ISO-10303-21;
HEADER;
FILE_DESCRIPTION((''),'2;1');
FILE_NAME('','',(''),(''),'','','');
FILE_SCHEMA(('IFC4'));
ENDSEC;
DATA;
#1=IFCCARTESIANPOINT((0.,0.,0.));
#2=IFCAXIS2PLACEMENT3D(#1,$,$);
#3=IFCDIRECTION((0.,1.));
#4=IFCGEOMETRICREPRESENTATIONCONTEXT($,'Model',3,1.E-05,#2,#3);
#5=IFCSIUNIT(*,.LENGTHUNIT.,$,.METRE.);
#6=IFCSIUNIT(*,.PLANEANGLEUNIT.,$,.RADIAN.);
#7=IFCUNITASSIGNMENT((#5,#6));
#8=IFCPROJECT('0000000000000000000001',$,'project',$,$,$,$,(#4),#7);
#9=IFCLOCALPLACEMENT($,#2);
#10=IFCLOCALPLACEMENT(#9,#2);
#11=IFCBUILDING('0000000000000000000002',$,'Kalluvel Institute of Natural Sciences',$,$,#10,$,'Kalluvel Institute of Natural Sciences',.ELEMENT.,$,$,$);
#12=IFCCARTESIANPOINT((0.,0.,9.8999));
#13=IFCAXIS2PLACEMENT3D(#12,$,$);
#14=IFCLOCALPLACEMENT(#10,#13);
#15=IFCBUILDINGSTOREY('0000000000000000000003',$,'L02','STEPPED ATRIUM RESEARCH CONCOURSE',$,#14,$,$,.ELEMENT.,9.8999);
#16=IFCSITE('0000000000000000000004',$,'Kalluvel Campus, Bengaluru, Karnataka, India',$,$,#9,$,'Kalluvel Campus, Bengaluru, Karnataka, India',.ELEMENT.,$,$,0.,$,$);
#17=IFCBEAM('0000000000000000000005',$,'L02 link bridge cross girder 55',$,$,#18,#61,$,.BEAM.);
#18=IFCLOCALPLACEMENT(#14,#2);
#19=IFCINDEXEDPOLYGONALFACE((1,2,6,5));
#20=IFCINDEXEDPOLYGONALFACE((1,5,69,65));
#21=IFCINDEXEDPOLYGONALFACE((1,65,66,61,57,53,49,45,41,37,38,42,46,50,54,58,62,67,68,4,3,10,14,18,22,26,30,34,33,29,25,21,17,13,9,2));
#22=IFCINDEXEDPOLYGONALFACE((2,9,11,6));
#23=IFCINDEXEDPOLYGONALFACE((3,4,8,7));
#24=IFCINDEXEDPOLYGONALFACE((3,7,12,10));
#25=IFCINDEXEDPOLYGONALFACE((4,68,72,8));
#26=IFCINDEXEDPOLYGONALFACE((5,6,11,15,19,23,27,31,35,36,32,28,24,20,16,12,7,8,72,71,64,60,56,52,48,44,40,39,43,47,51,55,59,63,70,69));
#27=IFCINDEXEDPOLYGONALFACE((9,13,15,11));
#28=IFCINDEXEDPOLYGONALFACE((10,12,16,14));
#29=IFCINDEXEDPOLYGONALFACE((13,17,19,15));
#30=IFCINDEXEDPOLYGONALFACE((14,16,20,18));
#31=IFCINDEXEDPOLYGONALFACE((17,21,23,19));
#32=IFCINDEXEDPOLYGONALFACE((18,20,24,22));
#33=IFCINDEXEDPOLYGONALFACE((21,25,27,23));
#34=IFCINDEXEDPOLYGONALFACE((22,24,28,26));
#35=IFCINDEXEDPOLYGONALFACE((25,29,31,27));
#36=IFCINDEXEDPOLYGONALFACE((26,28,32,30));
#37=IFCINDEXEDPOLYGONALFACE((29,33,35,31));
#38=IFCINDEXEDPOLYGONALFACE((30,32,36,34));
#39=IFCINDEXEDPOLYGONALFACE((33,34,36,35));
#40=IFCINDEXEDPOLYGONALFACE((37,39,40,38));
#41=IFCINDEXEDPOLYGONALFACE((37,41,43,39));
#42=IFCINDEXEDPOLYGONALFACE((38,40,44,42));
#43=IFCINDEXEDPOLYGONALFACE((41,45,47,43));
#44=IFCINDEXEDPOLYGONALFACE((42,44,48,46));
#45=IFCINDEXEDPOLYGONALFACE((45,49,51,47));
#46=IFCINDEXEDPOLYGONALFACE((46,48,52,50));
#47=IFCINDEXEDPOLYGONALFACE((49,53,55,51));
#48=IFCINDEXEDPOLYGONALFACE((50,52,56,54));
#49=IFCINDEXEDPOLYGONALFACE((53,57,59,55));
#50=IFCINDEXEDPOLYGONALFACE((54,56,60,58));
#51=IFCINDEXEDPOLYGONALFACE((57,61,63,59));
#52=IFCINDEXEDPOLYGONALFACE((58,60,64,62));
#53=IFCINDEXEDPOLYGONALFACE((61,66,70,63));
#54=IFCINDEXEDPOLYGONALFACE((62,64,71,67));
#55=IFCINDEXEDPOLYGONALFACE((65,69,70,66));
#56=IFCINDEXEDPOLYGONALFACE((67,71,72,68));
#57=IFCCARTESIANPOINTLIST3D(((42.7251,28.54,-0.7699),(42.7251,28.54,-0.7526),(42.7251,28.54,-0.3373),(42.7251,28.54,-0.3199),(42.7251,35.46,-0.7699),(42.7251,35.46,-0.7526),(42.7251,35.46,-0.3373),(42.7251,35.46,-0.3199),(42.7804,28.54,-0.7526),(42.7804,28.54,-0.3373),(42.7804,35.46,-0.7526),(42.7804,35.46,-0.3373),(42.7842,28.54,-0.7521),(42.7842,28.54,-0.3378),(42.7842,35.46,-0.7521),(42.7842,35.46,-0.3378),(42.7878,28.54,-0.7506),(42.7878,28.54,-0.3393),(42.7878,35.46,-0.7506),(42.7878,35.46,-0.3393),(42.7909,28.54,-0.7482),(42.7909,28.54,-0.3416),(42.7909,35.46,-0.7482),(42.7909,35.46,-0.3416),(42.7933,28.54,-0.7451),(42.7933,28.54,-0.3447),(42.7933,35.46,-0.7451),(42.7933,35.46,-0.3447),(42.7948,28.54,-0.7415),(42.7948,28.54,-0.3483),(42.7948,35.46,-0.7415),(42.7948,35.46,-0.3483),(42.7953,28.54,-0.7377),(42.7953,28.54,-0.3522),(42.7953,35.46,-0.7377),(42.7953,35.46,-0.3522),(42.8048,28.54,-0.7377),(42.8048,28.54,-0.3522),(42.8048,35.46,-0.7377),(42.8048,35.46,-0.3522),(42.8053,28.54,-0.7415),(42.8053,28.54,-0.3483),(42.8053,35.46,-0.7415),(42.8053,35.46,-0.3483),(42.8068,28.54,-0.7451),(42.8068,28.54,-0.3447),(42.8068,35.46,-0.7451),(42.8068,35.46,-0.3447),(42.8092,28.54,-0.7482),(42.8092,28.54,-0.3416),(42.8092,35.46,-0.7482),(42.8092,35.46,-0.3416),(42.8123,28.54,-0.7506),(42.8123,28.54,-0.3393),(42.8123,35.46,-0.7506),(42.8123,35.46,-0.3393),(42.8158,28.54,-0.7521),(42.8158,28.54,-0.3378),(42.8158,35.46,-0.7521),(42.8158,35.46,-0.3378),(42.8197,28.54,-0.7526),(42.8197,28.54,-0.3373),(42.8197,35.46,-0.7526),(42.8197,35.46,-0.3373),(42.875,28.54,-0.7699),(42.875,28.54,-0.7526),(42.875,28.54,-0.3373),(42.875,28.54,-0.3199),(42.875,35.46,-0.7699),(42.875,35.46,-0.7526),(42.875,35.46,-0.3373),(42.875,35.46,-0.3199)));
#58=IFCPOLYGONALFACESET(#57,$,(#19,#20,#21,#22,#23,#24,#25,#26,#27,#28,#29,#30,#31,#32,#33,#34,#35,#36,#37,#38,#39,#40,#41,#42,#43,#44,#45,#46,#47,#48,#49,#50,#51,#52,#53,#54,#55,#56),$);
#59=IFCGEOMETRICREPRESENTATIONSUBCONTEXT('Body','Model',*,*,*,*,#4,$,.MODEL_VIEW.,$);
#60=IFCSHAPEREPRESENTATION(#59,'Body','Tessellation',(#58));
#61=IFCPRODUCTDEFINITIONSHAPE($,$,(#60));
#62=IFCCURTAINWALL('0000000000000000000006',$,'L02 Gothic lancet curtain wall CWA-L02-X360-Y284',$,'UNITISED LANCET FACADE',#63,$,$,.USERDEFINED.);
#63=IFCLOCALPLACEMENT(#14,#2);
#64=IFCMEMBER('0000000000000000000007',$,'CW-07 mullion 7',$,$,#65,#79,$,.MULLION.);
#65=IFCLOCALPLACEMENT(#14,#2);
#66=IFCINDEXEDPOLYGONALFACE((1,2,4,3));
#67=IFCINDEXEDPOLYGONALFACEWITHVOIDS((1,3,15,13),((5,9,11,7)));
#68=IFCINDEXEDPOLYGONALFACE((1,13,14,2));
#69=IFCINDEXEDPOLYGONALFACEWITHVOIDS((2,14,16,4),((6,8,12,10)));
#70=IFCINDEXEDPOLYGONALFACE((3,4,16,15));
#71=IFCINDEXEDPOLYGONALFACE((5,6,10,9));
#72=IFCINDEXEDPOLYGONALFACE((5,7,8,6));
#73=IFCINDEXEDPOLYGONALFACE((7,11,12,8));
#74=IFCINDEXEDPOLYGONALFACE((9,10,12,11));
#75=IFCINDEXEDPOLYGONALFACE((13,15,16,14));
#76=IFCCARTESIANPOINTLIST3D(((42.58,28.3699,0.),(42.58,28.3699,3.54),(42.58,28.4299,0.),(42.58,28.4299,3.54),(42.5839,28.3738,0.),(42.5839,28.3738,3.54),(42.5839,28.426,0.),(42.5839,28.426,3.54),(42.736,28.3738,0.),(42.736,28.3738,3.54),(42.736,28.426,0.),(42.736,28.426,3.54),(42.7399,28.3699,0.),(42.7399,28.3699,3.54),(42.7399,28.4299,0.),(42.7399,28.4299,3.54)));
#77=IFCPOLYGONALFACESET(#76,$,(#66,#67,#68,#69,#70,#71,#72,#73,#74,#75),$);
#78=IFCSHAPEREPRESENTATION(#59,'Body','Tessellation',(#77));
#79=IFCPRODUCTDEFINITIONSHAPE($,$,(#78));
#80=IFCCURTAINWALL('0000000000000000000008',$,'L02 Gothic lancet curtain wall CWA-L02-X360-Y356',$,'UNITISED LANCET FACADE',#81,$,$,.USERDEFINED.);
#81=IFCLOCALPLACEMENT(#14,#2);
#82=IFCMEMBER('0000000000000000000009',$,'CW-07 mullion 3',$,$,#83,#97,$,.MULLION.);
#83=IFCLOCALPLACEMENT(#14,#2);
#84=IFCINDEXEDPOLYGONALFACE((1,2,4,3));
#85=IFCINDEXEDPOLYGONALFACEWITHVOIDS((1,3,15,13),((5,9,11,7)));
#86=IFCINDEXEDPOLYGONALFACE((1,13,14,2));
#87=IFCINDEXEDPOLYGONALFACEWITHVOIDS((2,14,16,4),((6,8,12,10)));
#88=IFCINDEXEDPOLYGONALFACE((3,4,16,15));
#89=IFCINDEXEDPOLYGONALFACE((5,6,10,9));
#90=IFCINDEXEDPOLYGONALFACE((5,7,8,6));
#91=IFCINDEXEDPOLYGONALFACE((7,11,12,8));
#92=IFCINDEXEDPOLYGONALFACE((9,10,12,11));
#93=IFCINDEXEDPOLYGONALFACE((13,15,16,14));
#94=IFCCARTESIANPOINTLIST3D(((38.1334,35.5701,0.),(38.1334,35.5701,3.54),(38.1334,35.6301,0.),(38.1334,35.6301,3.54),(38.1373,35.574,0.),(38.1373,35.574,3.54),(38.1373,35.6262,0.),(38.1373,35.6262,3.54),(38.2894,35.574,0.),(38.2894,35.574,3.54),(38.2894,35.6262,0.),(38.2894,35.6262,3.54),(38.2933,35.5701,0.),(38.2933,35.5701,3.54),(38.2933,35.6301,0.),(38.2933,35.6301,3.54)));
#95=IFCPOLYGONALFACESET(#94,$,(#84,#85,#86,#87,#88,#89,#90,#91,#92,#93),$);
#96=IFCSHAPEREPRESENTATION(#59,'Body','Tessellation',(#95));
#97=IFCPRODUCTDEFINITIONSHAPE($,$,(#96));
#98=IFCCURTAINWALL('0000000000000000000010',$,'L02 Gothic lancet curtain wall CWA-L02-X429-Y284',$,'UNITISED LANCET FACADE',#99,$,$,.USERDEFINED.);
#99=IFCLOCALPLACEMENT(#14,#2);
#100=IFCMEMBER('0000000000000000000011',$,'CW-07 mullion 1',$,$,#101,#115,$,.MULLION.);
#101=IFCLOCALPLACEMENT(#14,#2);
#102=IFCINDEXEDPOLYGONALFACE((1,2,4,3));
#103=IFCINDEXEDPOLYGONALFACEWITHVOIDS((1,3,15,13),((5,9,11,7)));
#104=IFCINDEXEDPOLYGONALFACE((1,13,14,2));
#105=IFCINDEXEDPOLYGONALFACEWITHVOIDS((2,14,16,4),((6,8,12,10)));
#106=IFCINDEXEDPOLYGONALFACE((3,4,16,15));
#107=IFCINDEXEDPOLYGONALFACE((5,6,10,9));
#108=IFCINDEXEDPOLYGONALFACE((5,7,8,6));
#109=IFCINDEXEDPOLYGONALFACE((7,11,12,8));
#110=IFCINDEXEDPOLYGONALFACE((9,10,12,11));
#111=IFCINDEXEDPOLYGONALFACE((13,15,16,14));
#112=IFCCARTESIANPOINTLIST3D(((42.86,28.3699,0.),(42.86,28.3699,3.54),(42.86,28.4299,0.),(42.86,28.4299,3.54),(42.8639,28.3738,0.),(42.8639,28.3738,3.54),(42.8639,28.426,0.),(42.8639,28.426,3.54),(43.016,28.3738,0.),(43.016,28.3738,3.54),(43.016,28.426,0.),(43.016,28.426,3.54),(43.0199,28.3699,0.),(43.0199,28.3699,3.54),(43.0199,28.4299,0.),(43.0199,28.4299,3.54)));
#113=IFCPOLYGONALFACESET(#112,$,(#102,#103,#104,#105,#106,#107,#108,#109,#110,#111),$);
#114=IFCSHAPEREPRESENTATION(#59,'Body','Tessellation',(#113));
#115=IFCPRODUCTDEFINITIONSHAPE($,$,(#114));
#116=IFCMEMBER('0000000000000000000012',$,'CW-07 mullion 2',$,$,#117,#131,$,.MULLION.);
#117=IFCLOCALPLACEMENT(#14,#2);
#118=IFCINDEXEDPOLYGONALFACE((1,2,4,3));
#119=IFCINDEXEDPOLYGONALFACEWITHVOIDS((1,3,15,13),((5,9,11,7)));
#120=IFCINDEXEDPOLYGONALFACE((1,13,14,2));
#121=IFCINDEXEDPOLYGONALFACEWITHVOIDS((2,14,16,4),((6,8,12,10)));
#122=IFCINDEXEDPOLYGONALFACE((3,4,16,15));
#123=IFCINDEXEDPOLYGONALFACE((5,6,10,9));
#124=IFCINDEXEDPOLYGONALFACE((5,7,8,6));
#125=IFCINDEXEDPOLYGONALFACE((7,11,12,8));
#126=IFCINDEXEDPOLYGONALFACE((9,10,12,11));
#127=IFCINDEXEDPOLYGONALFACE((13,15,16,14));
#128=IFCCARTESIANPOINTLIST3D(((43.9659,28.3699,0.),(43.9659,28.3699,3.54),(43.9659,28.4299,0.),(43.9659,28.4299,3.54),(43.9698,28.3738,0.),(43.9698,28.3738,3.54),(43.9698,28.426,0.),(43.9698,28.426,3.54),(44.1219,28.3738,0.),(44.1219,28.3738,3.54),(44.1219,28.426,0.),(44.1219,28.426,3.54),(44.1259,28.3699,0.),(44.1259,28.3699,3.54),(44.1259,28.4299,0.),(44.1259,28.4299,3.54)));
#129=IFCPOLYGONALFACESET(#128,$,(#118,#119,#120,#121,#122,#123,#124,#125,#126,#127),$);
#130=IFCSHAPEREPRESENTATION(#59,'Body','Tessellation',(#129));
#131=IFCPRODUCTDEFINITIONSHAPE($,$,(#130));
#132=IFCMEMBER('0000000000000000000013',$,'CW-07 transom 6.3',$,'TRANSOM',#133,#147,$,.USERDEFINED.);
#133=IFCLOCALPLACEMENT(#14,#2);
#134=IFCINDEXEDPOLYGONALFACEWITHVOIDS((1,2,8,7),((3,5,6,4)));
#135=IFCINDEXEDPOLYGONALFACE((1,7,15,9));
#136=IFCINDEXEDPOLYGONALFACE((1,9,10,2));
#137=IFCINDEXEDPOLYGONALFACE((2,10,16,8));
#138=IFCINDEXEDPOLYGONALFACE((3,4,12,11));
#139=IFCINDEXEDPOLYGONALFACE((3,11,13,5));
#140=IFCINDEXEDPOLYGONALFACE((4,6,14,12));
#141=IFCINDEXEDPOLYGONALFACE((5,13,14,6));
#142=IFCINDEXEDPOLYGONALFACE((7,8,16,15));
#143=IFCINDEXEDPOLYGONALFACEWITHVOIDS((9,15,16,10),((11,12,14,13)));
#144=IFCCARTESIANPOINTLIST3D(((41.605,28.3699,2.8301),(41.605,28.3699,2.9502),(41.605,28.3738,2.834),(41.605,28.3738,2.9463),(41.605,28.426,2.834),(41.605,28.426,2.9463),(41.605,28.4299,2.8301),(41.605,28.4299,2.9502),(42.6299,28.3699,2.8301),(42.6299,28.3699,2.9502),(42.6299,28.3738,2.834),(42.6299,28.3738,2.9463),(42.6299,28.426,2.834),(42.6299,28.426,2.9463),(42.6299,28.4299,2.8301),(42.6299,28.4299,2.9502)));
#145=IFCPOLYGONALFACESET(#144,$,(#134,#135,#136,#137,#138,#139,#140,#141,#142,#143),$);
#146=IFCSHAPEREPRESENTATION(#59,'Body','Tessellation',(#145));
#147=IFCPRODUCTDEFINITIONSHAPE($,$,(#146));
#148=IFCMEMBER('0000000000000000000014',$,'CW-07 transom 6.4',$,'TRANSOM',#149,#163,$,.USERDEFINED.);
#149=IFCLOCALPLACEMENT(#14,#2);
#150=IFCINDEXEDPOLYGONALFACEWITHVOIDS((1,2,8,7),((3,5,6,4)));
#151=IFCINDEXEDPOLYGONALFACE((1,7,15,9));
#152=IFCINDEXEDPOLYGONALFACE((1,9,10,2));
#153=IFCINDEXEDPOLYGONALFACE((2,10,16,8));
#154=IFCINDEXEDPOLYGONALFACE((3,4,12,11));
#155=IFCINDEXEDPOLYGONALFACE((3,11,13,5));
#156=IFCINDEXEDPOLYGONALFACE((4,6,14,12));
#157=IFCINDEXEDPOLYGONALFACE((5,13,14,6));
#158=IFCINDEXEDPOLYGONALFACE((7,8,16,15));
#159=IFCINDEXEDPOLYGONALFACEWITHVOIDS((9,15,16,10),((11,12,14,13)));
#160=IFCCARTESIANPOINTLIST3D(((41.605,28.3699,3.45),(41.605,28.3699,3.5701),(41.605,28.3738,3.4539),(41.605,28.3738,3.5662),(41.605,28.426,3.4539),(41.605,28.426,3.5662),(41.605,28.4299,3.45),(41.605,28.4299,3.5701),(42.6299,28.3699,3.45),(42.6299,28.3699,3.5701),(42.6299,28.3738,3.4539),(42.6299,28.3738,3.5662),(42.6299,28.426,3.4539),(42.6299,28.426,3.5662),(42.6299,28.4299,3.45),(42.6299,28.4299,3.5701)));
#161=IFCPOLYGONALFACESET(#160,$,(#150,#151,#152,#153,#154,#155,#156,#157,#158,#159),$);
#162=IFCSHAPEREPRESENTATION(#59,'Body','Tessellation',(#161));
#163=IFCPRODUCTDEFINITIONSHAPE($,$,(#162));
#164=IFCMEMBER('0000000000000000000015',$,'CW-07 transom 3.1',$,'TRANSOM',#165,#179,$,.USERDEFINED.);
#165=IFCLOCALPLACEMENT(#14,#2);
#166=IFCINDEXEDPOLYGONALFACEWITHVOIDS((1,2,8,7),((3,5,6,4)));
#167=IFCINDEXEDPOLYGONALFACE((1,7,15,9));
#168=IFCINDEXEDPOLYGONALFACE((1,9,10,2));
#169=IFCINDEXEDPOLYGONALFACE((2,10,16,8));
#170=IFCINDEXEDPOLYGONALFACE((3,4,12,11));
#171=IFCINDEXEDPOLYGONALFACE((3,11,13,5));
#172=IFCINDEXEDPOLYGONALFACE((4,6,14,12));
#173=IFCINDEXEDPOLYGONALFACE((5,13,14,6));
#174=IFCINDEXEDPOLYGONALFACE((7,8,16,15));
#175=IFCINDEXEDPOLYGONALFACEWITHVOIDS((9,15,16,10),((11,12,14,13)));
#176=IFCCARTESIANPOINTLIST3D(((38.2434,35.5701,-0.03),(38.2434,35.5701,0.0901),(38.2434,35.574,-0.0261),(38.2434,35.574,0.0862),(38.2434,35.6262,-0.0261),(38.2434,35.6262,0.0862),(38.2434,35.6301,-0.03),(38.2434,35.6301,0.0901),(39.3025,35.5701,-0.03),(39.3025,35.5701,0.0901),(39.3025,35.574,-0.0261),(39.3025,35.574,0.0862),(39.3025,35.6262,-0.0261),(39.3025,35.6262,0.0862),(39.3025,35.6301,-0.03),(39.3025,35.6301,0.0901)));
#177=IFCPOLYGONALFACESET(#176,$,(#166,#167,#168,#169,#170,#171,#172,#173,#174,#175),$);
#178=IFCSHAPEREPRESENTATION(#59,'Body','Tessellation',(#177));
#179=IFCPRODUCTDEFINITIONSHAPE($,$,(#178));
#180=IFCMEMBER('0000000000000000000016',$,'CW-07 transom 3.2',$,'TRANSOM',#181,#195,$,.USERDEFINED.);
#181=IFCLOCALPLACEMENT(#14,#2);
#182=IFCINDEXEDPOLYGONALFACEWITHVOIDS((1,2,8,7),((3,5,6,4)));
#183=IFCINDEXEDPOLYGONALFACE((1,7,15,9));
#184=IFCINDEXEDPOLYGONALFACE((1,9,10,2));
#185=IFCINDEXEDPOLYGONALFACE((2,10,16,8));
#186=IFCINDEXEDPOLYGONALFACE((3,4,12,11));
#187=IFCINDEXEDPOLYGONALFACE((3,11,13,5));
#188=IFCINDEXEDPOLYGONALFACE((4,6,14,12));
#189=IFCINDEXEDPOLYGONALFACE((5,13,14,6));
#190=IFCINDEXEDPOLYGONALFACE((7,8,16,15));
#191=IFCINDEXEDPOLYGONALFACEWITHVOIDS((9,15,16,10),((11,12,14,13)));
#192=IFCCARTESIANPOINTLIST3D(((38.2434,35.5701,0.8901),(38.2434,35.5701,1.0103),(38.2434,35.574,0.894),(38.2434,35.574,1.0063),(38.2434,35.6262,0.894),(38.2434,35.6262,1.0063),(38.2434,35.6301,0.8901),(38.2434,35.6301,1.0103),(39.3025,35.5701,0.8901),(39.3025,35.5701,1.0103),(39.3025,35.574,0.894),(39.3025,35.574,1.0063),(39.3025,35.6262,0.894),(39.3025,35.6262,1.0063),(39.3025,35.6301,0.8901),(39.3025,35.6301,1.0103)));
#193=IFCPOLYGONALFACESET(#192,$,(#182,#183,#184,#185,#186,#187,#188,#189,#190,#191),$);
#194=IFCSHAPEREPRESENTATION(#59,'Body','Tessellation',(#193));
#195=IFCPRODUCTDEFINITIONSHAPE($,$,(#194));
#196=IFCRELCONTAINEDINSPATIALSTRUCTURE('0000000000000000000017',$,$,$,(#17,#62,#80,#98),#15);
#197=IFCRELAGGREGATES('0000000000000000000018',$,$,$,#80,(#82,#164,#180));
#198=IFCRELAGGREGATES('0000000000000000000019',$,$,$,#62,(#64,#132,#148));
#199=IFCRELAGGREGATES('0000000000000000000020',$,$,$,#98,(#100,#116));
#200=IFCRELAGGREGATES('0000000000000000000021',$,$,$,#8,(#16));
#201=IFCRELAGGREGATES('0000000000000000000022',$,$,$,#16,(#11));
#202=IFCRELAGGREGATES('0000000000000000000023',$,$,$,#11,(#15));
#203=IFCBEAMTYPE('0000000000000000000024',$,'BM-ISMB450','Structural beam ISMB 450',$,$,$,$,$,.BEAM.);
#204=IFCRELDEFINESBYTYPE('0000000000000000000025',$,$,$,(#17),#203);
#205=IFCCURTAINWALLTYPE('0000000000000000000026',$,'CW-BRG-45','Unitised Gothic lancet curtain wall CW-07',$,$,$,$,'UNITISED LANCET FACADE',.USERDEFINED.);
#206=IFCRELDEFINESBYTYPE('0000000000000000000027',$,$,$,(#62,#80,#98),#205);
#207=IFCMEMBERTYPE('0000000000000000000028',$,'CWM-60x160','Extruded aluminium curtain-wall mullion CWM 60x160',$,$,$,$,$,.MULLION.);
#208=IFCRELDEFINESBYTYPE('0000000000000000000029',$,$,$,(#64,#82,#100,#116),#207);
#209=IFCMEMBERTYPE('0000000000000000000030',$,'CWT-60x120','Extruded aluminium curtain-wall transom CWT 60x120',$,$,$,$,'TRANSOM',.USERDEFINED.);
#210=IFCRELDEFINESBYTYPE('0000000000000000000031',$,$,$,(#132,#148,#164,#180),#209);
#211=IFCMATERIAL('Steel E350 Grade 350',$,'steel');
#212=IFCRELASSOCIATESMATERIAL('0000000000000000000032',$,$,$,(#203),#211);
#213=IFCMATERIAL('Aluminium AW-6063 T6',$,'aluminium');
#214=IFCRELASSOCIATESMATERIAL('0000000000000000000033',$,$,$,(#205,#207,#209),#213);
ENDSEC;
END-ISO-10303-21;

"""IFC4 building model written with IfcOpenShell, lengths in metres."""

from ifc_helpers import new_model, si_unit, direction, frame, origin, origin_2d, place, context, subcontext, project, spatial, hollow_rectangle, i_section, extrude, material, material_profile, profile_set, type_object, element, aggregate, save


model = new_model("IFC4")

# Units and contexts
model_context = context("Model", 3, precision=1e-05, world=origin(), true_north=direction((0.0, 1.0)))
body_context = subcontext(model_context, "Body", "Model", "MODEL_VIEW")
ifc_project = project(units=[si_unit("LENGTHUNIT", "METRE"), si_unit("PLANEANGLEUNIT", "RADIAN")], contexts=[model_context])

# Site, building, storey
site_placement = place(None, origin())
site = spatial("IfcSite", under=ifc_project, at=site_placement, Name="Kalluvel Campus, Bengaluru, Karnataka, India", LongName="Kalluvel Campus, Bengaluru, Karnataka, India", CompositionType="ELEMENT", RefElevation=0.0)
building_placement = place(site_placement, origin())
building = spatial("IfcBuilding", under=site, at=building_placement, Name="Kalluvel Institute of Natural Sciences", LongName="Kalluvel Institute of Natural Sciences", CompositionType="ELEMENT")
storey_placement = place(building_placement, frame((0.0, 0.0, 9.8999)))
storey = spatial("IfcBuildingStorey", under=building, at=storey_placement, Name="L02", Description="STEPPED ATRIUM RESEARCH CONCOURSE", CompositionType="ELEMENT", Elevation=9.8999)

# Beam
ifc_material_1 = material(Name="Steel E350 Grade 350", Category="steel")
ifc_material_profile_1 = material_profile(ifc_material_1, i_section(OverallWidth=0.1499, OverallDepth=0.45, WebThickness=0.0095, FlangeThickness=0.0173, FilletRadius=0.0149, at=origin_2d()), Name="ISMB 450")
ifc_profile_set_1 = profile_set([ifc_material_profile_1], Name="Steel E350 Grade 350")
beam_type = type_object("IfcBeamType", Name="BM-ISMB450", Description="Structural beam ISMB 450", PredefinedType="BEAM", material=ifc_profile_set_1)
beam_placement = place(storey_placement, frame((42.8, 28.54, -0.5449), z_axis=(0.0, 1.0, 0.0), x_axis=(-1.0, 0.0, 0.0)))
element("IfcBeam", 1, at=beam_placement, inside=storey, type_object=beam_type, Name="L02 link bridge cross girder 55", PredefinedType="BEAM", context=body_context, shape_type="SweptSolid", body=[
    extrude(i_section(OverallWidth=0.1499, OverallDepth=0.45, WebThickness=0.0095, FlangeThickness=0.0173, FilletRadius=0.0149, at=origin_2d()), origin(), (0.0, 0.0, 1.0), 6.9199),
])

# Curtain walls, members
ifc_material_2 = material(Name="Aluminium AW-6063 T6", Category="aluminium")
curtain_wall_type = type_object("IfcCurtainWallType", Name="CW-BRG-45", Description="Unitised Gothic lancet curtain wall CW-07", ElementType="UNITISED LANCET FACADE", PredefinedType="USERDEFINED", material=ifc_material_2)
curtain_wall_1_placement = place(storey_placement, origin())
curtain_wall_1 = element("IfcCurtainWall", 2, at=curtain_wall_1_placement, inside=storey, type_object=curtain_wall_type, Name="L02 Gothic lancet curtain wall CWA-L02-X360-Y284", ObjectType="UNITISED LANCET FACADE", PredefinedType="USERDEFINED")
ifc_material_profile_2 = material_profile(ifc_material_2, hollow_rectangle(XDim=0.0601, YDim=0.1599, WallThickness=0.0039, at=origin_2d()), Name="CWM 60x160")
ifc_profile_set_2 = profile_set([ifc_material_profile_2], Name="Aluminium AW-6063 T6")
member_type_1 = type_object("IfcMemberType", Name="CWM-60x160", Description="Extruded aluminium curtain-wall mullion CWM 60x160", PredefinedType="MULLION", material=ifc_profile_set_2)
member_1_placement = place(storey_placement, frame((42.6599, 28.3999, 0.0), z_axis=(0.0, 0.0, 1.0), x_axis=(0.0, 1.0, 0.0)))
member_1 = element("IfcMember", 3, at=member_1_placement, type_object=member_type_1, Name="CW-07 mullion 7", PredefinedType="MULLION", context=body_context, shape_type="SweptSolid", body=[
    extrude(hollow_rectangle(XDim=0.0601, YDim=0.1599, WallThickness=0.0039, at=origin_2d()), origin(), (0.0, 0.0, 1.0), 3.54),
])
curtain_wall_2_placement = place(storey_placement, origin())
curtain_wall_2 = element("IfcCurtainWall", 4, at=curtain_wall_2_placement, inside=storey, type_object=curtain_wall_type, Name="L02 Gothic lancet curtain wall CWA-L02-X360-Y356", ObjectType="UNITISED LANCET FACADE", PredefinedType="USERDEFINED")
member_2_placement = place(storey_placement, frame((38.2134, 35.6001, 0.0), z_axis=(0.0, 0.0, 1.0), x_axis=(0.0, 1.0, 0.0)))
member_2 = element("IfcMember", 5, at=member_2_placement, type_object=member_type_1, Name="CW-07 mullion 3", PredefinedType="MULLION", context=body_context, shape_type="SweptSolid", body=[
    extrude(hollow_rectangle(XDim=0.0601, YDim=0.1599, WallThickness=0.0039, at=origin_2d()), origin(), (0.0, 0.0, 1.0), 3.54),
])

# Curtain wall, members
curtain_wall_3_placement = place(storey_placement, origin())
curtain_wall_3 = element("IfcCurtainWall", 6, at=curtain_wall_3_placement, inside=storey, type_object=curtain_wall_type, Name="L02 Gothic lancet curtain wall CWA-L02-X429-Y284", ObjectType="UNITISED LANCET FACADE", PredefinedType="USERDEFINED")
member_3_placement = place(storey_placement, frame((42.9399, 28.3999, 0.0), z_axis=(0.0, 0.0, 1.0), x_axis=(0.0, 1.0, 0.0)))
member_3 = element("IfcMember", 7, at=member_3_placement, type_object=member_type_1, Name="CW-07 mullion 1", PredefinedType="MULLION", context=body_context, shape_type="SweptSolid", body=[
    extrude(hollow_rectangle(XDim=0.0601, YDim=0.1599, WallThickness=0.0039, at=origin_2d()), origin(), (0.0, 0.0, 1.0), 3.54),
])
member_4_placement = place(storey_placement, frame((44.0459, 28.3999, 0.0), z_axis=(0.0, 0.0, 1.0), x_axis=(0.0, 1.0, 0.0)))
member_4 = element("IfcMember", 8, at=member_4_placement, type_object=member_type_1, Name="CW-07 mullion 2", PredefinedType="MULLION", context=body_context, shape_type="SweptSolid", body=[
    extrude(hollow_rectangle(XDim=0.0601, YDim=0.1599, WallThickness=0.0039, at=origin_2d()), origin(), (0.0, 0.0, 1.0), 3.54),
])

# Members
ifc_material_profile_3 = material_profile(ifc_material_2, hollow_rectangle(XDim=0.0601, YDim=0.1201, WallThickness=0.0039, at=origin_2d()), Name="CWT 60x120")
ifc_profile_set_3 = profile_set([ifc_material_profile_3], Name="Aluminium AW-6063 T6")
member_type_2 = type_object("IfcMemberType", Name="CWT-60x120", Description="Extruded aluminium curtain-wall transom CWT 60x120", ElementType="TRANSOM", PredefinedType="USERDEFINED", material=ifc_profile_set_3)
member_5_placement = place(storey_placement, frame((41.605, 28.3999, 2.8901), z_axis=(1.0, 0.0, 0.0), x_axis=(0.0, 1.0, 0.0)))
member_5 = element("IfcMember", 9, at=member_5_placement, type_object=member_type_2, Name="CW-07 transom 6.3", ObjectType="TRANSOM", PredefinedType="USERDEFINED", context=body_context, shape_type="SweptSolid", body=[
    extrude(hollow_rectangle(XDim=0.0601, YDim=0.1201, WallThickness=0.0039, at=origin_2d()), origin(), (0.0, 0.0, 1.0), 1.0249),
])
member_6_placement = place(storey_placement, frame((41.605, 28.3999, 3.51), z_axis=(1.0, 0.0, 0.0), x_axis=(0.0, 1.0, 0.0)))
member_6 = element("IfcMember", 10, at=member_6_placement, type_object=member_type_2, Name="CW-07 transom 6.4", ObjectType="TRANSOM", PredefinedType="USERDEFINED", context=body_context, shape_type="SweptSolid", body=[
    extrude(hollow_rectangle(XDim=0.0601, YDim=0.1201, WallThickness=0.0039, at=origin_2d()), origin(), (0.0, 0.0, 1.0), 1.0249),
])
member_7_placement = place(storey_placement, frame((38.2434, 35.6001, 0.03), z_axis=(1.0, 0.0, 0.0), x_axis=(0.0, 1.0, 0.0)))
member_7 = element("IfcMember", 11, at=member_7_placement, type_object=member_type_2, Name="CW-07 transom 3.1", ObjectType="TRANSOM", PredefinedType="USERDEFINED", context=body_context, shape_type="SweptSolid", body=[
    extrude(hollow_rectangle(XDim=0.0601, YDim=0.1201, WallThickness=0.0039, at=origin_2d()), origin(), (0.0, 0.0, 1.0), 1.0591),
])
member_8_placement = place(storey_placement, frame((38.2434, 35.6001, 0.9502), z_axis=(1.0, 0.0, 0.0), x_axis=(0.0, 1.0, 0.0)))
member_8 = element("IfcMember", 12, at=member_8_placement, type_object=member_type_2, Name="CW-07 transom 3.2", ObjectType="TRANSOM", PredefinedType="USERDEFINED", context=body_context, shape_type="SweptSolid", body=[
    extrude(hollow_rectangle(XDim=0.0601, YDim=0.1201, WallThickness=0.0039, at=origin_2d()), origin(), (0.0, 0.0, 1.0), 1.0591),
])
aggregate(curtain_wall_2, [member_2, member_7, member_8])

aggregate(curtain_wall_1, [member_1, member_5, member_6])
aggregate(curtain_wall_3, [member_3, member_4])

save(model, "model.ifc")
